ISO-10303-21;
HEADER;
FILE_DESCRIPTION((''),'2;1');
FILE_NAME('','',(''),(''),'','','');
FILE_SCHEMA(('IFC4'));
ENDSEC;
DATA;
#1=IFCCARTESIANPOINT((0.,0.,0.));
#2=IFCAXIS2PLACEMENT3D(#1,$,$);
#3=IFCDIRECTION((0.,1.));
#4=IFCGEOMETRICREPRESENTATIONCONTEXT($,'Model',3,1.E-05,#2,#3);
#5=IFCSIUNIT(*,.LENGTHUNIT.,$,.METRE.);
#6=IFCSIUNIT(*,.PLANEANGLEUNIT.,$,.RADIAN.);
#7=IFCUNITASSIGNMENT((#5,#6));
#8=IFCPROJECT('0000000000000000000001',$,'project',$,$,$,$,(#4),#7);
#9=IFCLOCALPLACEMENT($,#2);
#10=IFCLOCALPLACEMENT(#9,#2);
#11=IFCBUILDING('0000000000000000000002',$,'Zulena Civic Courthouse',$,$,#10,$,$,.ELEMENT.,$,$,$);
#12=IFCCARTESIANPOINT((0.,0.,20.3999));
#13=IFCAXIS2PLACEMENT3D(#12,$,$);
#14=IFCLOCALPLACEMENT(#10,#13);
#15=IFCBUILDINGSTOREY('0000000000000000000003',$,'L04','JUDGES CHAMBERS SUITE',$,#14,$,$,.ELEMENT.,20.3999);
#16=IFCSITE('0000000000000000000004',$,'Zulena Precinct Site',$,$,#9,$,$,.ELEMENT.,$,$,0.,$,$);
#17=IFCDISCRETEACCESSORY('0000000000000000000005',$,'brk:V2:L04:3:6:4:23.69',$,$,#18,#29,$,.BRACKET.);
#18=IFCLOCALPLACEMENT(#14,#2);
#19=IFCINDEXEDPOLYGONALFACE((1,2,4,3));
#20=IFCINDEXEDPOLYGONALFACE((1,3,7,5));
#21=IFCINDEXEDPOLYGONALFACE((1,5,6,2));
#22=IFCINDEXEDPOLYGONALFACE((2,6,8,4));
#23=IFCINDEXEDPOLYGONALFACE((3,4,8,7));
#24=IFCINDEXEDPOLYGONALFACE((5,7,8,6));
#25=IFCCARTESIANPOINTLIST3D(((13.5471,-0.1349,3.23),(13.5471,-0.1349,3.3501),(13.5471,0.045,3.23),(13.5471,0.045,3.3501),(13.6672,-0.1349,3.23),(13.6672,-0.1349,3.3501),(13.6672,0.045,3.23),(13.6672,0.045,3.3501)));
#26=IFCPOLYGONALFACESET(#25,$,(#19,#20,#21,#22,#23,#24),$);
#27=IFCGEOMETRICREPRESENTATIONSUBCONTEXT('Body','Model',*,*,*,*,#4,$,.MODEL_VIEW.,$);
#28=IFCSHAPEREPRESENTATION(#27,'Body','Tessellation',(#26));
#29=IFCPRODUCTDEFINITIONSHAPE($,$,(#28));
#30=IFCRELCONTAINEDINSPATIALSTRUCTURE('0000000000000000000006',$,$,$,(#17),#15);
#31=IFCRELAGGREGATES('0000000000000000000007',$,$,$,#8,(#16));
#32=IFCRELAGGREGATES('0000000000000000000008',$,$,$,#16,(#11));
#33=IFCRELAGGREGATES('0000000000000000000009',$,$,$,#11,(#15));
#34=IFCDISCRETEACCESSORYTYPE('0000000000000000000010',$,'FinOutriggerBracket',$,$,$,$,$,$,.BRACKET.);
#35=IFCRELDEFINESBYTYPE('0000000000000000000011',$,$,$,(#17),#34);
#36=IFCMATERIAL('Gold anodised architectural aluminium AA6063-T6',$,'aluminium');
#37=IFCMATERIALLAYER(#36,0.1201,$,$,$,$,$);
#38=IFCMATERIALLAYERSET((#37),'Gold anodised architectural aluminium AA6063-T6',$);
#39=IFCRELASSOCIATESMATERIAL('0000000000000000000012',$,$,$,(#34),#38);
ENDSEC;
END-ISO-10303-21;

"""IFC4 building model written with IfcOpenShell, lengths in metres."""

from ifc_helpers import new_model, si_unit, direction, frame, origin, origin_2d, place, context, subcontext, project, spatial, rectangle, extrude, material, layer, layer_set, type_object, element, save


model = new_model("IFC4")

# Units and contexts
model_context = context("Model", 3, precision=1e-05, world=origin(), true_north=direction((0.0, 1.0)))
body_context = subcontext(model_context, "Body", "Model", "MODEL_VIEW")
ifc_project = project(units=[si_unit("LENGTHUNIT", "METRE"), si_unit("PLANEANGLEUNIT", "RADIAN")], contexts=[model_context])

# Site, building, storey
site_placement = place(None, origin())
site = spatial("IfcSite", under=ifc_project, at=site_placement, Name="Zulena Precinct Site", CompositionType="ELEMENT", RefElevation=0.0)
building_placement = place(site_placement, origin())
building = spatial("IfcBuilding", under=site, at=building_placement, Name="Zulena Civic Courthouse", CompositionType="ELEMENT")
storey_placement = place(building_placement, frame((0.0, 0.0, 20.3999)))
storey = spatial("IfcBuildingStorey", under=building, at=storey_placement, Name="L04", Description="JUDGES CHAMBERS SUITE", CompositionType="ELEMENT", Elevation=20.3999)

# Shared definitions
ifc_material_1 = material(Name="Gold anodised architectural aluminium AA6063-T6", Category="aluminium")

# Discrete accessory
ifc_layer_1 = layer(ifc_material_1, 0.1201)
ifc_layer_set_1 = layer_set([ifc_layer_1], Name="Gold anodised architectural aluminium AA6063-T6")
discrete_accessory_type = type_object("IfcDiscreteAccessoryType", Name="FinOutriggerBracket", PredefinedType="BRACKET", material=ifc_layer_set_1)
for number, where, z_axis, x_axis, name in (
    (1, (13.6072, -0.0449, 3.23), (0.0, 0.0, 1.0), (0.0, -1.0, 0.0), "brk:V2:L04:3:6:4:23.69"),
):
    element("IfcDiscreteAccessory", number, at=place(storey_placement, frame(where, z_axis=z_axis, x_axis=x_axis)), inside=storey, type_object=discrete_accessory_type, Name=name, PredefinedType="BRACKET", context=body_context, shape_type="SweptSolid", body=[
        extrude(rectangle(XDim=0.1799, YDim=0.1201, at=origin_2d()), origin(), (0.0, 0.0, 1.0), 0.1201),
    ])

save(model, "model.ifc")
